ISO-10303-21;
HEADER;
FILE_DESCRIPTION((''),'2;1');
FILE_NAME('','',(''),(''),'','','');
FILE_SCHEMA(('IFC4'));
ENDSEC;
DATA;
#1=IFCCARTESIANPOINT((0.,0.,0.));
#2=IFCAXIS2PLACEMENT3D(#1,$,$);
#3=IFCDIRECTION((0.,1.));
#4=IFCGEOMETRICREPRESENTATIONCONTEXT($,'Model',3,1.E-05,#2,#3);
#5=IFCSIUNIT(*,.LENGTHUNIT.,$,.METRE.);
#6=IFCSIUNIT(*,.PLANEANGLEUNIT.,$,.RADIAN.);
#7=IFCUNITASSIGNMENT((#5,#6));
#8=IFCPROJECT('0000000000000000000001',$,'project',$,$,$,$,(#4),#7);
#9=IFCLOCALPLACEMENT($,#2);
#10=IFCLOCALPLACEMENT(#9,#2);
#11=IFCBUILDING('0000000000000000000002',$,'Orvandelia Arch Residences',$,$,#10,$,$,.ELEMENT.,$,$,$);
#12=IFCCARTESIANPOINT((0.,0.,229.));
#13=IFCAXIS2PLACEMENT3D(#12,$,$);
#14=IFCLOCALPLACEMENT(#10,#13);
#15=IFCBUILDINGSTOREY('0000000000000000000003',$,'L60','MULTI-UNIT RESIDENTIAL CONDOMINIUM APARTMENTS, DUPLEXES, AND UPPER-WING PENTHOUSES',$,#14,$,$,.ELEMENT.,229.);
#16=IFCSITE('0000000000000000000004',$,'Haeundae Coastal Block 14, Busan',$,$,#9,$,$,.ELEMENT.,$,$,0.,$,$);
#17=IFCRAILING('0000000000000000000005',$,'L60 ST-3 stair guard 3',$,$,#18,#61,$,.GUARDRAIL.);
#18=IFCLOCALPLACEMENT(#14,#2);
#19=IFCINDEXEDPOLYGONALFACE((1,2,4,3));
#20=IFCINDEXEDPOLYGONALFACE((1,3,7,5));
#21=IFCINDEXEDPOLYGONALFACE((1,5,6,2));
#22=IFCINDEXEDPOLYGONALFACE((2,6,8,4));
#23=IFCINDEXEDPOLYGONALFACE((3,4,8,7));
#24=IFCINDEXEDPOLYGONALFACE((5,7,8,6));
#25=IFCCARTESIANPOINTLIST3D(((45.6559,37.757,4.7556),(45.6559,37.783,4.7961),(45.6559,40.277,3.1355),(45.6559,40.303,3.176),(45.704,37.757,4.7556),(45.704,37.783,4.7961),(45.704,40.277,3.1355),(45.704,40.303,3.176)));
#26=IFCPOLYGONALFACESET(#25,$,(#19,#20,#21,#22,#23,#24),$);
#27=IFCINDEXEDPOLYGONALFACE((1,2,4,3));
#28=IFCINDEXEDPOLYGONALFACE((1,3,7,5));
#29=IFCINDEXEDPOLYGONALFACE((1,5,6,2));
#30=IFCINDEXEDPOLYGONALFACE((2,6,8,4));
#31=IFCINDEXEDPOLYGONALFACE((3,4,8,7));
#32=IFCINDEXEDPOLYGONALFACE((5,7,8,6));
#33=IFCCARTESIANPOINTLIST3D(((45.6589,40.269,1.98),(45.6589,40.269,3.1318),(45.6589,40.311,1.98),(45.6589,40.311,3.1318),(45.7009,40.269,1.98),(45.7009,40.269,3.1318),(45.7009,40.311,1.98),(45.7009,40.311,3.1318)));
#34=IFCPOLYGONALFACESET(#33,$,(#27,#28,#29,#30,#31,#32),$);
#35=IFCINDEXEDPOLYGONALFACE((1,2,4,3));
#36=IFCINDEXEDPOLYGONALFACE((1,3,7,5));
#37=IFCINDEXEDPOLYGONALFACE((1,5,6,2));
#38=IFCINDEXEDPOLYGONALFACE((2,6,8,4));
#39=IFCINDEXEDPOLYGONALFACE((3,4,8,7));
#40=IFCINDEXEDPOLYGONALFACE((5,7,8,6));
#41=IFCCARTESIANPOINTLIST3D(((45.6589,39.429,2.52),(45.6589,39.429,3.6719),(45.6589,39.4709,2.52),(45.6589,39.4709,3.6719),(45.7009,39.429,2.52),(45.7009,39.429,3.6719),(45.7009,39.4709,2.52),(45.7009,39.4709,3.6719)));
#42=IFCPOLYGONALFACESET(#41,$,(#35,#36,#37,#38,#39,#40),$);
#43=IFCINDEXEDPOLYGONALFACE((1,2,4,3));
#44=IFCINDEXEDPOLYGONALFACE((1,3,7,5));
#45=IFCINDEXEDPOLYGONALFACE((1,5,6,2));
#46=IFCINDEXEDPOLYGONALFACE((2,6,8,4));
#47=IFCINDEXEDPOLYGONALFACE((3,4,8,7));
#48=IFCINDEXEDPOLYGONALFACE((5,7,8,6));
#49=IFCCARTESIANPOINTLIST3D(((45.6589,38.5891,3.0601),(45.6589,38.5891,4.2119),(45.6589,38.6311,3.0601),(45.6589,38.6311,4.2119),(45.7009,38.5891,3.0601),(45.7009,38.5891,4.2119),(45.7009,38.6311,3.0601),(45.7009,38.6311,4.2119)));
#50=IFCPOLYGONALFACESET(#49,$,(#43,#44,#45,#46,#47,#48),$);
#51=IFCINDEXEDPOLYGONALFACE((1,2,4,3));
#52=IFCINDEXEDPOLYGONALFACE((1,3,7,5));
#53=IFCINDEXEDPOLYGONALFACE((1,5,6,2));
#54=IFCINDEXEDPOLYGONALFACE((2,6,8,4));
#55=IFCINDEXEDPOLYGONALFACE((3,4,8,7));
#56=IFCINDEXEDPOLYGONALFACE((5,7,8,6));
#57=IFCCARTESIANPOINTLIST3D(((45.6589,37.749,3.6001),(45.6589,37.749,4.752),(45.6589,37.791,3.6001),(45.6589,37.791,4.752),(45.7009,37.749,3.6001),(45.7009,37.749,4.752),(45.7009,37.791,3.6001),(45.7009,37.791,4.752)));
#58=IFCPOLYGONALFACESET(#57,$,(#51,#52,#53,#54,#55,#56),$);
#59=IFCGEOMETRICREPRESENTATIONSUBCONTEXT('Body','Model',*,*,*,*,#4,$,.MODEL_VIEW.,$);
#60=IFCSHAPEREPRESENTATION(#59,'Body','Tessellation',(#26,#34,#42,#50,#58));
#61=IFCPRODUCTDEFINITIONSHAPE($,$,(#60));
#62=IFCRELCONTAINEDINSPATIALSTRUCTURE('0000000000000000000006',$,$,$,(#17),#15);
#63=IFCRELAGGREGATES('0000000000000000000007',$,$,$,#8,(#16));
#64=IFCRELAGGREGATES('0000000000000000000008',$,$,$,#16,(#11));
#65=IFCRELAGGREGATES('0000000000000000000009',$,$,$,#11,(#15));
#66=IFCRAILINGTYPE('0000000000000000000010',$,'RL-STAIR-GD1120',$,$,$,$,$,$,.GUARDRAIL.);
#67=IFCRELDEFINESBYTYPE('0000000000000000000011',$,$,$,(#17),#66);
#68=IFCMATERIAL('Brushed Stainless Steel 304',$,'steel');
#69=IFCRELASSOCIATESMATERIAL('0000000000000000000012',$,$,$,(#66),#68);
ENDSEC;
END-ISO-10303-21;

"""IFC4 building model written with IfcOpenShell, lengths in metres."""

from ifc_helpers import new_model, si_unit, direction, frame, origin, origin_2d, place, context, subcontext, project, spatial, rectangle, extrude, material, type_object, element, save


model = new_model("IFC4")

# Units and contexts
model_context = context("Model", 3, precision=1e-05, world=origin(), true_north=direction((0.0, 1.0)))
body_context = subcontext(model_context, "Body", "Model", "MODEL_VIEW")
ifc_project = project(units=[si_unit("LENGTHUNIT", "METRE"), si_unit("PLANEANGLEUNIT", "RADIAN")], contexts=[model_context])

# Site, building, storey
site_placement = place(None, origin())
site = spatial("IfcSite", under=ifc_project, at=site_placement, Name="Haeundae Coastal Block 14, Busan", CompositionType="ELEMENT", RefElevation=0.0)
building_placement = place(site_placement, origin())
building = spatial("IfcBuilding", under=site, at=building_placement, Name="Orvandelia Arch Residences", CompositionType="ELEMENT")
storey_placement = place(building_placement, frame((0.0, 0.0, 229.0)))
storey = spatial("IfcBuildingStorey", under=building, at=storey_placement, Name="L60", Description="MULTI-UNIT RESIDENTIAL CONDOMINIUM APARTMENTS, DUPLEXES, AND UPPER-WING PENTHOUSES", CompositionType="ELEMENT", Elevation=229.0)

# Railing
ifc_material_1 = material(Name="Brushed Stainless Steel 304", Category="steel")
railing_type = type_object("IfcRailingType", Name="RL-STAIR-GD1120", PredefinedType="GUARDRAIL", material=ifc_material_1)
railing_1_placement = place(storey_placement, frame((45.6799, 40.29, 1.98)))
element("IfcRailing", 1, at=railing_1_placement, inside=storey, type_object=railing_type, Name="L60 ST-3 stair guard 3", PredefinedType="GUARDRAIL", context=body_context, shape_type="SweptSolid", body=[
    extrude(rectangle(XDim=0.0481, YDim=0.0481, at=origin_2d()), frame((0.0, 0.0, 1.1758), z_axis=(0.0, -0.841163, 0.540782), x_axis=(1.0, 0.0, 0.0)), (0.0, 0.0, 1.0), 2.9958),
    extrude(rectangle(XDim=0.042, YDim=0.042, at=origin_2d()), origin(), (0.0, 0.0, 1.0), 1.1519),
    extrude(rectangle(XDim=0.042, YDim=0.042, at=origin_2d()), frame((0.0, -0.8401, 0.54)), (0.0, 0.0, 1.0), 1.1519),
    extrude(rectangle(XDim=0.042, YDim=0.042, at=origin_2d()), frame((0.0, -1.6799, 1.0801)), (0.0, 0.0, 1.0), 1.1519),
    extrude(rectangle(XDim=0.042, YDim=0.042, at=origin_2d()), frame((0.0, -2.52, 1.6201)), (0.0, 0.0, 1.0), 1.1519),
])

save(model, "model.ifc")
